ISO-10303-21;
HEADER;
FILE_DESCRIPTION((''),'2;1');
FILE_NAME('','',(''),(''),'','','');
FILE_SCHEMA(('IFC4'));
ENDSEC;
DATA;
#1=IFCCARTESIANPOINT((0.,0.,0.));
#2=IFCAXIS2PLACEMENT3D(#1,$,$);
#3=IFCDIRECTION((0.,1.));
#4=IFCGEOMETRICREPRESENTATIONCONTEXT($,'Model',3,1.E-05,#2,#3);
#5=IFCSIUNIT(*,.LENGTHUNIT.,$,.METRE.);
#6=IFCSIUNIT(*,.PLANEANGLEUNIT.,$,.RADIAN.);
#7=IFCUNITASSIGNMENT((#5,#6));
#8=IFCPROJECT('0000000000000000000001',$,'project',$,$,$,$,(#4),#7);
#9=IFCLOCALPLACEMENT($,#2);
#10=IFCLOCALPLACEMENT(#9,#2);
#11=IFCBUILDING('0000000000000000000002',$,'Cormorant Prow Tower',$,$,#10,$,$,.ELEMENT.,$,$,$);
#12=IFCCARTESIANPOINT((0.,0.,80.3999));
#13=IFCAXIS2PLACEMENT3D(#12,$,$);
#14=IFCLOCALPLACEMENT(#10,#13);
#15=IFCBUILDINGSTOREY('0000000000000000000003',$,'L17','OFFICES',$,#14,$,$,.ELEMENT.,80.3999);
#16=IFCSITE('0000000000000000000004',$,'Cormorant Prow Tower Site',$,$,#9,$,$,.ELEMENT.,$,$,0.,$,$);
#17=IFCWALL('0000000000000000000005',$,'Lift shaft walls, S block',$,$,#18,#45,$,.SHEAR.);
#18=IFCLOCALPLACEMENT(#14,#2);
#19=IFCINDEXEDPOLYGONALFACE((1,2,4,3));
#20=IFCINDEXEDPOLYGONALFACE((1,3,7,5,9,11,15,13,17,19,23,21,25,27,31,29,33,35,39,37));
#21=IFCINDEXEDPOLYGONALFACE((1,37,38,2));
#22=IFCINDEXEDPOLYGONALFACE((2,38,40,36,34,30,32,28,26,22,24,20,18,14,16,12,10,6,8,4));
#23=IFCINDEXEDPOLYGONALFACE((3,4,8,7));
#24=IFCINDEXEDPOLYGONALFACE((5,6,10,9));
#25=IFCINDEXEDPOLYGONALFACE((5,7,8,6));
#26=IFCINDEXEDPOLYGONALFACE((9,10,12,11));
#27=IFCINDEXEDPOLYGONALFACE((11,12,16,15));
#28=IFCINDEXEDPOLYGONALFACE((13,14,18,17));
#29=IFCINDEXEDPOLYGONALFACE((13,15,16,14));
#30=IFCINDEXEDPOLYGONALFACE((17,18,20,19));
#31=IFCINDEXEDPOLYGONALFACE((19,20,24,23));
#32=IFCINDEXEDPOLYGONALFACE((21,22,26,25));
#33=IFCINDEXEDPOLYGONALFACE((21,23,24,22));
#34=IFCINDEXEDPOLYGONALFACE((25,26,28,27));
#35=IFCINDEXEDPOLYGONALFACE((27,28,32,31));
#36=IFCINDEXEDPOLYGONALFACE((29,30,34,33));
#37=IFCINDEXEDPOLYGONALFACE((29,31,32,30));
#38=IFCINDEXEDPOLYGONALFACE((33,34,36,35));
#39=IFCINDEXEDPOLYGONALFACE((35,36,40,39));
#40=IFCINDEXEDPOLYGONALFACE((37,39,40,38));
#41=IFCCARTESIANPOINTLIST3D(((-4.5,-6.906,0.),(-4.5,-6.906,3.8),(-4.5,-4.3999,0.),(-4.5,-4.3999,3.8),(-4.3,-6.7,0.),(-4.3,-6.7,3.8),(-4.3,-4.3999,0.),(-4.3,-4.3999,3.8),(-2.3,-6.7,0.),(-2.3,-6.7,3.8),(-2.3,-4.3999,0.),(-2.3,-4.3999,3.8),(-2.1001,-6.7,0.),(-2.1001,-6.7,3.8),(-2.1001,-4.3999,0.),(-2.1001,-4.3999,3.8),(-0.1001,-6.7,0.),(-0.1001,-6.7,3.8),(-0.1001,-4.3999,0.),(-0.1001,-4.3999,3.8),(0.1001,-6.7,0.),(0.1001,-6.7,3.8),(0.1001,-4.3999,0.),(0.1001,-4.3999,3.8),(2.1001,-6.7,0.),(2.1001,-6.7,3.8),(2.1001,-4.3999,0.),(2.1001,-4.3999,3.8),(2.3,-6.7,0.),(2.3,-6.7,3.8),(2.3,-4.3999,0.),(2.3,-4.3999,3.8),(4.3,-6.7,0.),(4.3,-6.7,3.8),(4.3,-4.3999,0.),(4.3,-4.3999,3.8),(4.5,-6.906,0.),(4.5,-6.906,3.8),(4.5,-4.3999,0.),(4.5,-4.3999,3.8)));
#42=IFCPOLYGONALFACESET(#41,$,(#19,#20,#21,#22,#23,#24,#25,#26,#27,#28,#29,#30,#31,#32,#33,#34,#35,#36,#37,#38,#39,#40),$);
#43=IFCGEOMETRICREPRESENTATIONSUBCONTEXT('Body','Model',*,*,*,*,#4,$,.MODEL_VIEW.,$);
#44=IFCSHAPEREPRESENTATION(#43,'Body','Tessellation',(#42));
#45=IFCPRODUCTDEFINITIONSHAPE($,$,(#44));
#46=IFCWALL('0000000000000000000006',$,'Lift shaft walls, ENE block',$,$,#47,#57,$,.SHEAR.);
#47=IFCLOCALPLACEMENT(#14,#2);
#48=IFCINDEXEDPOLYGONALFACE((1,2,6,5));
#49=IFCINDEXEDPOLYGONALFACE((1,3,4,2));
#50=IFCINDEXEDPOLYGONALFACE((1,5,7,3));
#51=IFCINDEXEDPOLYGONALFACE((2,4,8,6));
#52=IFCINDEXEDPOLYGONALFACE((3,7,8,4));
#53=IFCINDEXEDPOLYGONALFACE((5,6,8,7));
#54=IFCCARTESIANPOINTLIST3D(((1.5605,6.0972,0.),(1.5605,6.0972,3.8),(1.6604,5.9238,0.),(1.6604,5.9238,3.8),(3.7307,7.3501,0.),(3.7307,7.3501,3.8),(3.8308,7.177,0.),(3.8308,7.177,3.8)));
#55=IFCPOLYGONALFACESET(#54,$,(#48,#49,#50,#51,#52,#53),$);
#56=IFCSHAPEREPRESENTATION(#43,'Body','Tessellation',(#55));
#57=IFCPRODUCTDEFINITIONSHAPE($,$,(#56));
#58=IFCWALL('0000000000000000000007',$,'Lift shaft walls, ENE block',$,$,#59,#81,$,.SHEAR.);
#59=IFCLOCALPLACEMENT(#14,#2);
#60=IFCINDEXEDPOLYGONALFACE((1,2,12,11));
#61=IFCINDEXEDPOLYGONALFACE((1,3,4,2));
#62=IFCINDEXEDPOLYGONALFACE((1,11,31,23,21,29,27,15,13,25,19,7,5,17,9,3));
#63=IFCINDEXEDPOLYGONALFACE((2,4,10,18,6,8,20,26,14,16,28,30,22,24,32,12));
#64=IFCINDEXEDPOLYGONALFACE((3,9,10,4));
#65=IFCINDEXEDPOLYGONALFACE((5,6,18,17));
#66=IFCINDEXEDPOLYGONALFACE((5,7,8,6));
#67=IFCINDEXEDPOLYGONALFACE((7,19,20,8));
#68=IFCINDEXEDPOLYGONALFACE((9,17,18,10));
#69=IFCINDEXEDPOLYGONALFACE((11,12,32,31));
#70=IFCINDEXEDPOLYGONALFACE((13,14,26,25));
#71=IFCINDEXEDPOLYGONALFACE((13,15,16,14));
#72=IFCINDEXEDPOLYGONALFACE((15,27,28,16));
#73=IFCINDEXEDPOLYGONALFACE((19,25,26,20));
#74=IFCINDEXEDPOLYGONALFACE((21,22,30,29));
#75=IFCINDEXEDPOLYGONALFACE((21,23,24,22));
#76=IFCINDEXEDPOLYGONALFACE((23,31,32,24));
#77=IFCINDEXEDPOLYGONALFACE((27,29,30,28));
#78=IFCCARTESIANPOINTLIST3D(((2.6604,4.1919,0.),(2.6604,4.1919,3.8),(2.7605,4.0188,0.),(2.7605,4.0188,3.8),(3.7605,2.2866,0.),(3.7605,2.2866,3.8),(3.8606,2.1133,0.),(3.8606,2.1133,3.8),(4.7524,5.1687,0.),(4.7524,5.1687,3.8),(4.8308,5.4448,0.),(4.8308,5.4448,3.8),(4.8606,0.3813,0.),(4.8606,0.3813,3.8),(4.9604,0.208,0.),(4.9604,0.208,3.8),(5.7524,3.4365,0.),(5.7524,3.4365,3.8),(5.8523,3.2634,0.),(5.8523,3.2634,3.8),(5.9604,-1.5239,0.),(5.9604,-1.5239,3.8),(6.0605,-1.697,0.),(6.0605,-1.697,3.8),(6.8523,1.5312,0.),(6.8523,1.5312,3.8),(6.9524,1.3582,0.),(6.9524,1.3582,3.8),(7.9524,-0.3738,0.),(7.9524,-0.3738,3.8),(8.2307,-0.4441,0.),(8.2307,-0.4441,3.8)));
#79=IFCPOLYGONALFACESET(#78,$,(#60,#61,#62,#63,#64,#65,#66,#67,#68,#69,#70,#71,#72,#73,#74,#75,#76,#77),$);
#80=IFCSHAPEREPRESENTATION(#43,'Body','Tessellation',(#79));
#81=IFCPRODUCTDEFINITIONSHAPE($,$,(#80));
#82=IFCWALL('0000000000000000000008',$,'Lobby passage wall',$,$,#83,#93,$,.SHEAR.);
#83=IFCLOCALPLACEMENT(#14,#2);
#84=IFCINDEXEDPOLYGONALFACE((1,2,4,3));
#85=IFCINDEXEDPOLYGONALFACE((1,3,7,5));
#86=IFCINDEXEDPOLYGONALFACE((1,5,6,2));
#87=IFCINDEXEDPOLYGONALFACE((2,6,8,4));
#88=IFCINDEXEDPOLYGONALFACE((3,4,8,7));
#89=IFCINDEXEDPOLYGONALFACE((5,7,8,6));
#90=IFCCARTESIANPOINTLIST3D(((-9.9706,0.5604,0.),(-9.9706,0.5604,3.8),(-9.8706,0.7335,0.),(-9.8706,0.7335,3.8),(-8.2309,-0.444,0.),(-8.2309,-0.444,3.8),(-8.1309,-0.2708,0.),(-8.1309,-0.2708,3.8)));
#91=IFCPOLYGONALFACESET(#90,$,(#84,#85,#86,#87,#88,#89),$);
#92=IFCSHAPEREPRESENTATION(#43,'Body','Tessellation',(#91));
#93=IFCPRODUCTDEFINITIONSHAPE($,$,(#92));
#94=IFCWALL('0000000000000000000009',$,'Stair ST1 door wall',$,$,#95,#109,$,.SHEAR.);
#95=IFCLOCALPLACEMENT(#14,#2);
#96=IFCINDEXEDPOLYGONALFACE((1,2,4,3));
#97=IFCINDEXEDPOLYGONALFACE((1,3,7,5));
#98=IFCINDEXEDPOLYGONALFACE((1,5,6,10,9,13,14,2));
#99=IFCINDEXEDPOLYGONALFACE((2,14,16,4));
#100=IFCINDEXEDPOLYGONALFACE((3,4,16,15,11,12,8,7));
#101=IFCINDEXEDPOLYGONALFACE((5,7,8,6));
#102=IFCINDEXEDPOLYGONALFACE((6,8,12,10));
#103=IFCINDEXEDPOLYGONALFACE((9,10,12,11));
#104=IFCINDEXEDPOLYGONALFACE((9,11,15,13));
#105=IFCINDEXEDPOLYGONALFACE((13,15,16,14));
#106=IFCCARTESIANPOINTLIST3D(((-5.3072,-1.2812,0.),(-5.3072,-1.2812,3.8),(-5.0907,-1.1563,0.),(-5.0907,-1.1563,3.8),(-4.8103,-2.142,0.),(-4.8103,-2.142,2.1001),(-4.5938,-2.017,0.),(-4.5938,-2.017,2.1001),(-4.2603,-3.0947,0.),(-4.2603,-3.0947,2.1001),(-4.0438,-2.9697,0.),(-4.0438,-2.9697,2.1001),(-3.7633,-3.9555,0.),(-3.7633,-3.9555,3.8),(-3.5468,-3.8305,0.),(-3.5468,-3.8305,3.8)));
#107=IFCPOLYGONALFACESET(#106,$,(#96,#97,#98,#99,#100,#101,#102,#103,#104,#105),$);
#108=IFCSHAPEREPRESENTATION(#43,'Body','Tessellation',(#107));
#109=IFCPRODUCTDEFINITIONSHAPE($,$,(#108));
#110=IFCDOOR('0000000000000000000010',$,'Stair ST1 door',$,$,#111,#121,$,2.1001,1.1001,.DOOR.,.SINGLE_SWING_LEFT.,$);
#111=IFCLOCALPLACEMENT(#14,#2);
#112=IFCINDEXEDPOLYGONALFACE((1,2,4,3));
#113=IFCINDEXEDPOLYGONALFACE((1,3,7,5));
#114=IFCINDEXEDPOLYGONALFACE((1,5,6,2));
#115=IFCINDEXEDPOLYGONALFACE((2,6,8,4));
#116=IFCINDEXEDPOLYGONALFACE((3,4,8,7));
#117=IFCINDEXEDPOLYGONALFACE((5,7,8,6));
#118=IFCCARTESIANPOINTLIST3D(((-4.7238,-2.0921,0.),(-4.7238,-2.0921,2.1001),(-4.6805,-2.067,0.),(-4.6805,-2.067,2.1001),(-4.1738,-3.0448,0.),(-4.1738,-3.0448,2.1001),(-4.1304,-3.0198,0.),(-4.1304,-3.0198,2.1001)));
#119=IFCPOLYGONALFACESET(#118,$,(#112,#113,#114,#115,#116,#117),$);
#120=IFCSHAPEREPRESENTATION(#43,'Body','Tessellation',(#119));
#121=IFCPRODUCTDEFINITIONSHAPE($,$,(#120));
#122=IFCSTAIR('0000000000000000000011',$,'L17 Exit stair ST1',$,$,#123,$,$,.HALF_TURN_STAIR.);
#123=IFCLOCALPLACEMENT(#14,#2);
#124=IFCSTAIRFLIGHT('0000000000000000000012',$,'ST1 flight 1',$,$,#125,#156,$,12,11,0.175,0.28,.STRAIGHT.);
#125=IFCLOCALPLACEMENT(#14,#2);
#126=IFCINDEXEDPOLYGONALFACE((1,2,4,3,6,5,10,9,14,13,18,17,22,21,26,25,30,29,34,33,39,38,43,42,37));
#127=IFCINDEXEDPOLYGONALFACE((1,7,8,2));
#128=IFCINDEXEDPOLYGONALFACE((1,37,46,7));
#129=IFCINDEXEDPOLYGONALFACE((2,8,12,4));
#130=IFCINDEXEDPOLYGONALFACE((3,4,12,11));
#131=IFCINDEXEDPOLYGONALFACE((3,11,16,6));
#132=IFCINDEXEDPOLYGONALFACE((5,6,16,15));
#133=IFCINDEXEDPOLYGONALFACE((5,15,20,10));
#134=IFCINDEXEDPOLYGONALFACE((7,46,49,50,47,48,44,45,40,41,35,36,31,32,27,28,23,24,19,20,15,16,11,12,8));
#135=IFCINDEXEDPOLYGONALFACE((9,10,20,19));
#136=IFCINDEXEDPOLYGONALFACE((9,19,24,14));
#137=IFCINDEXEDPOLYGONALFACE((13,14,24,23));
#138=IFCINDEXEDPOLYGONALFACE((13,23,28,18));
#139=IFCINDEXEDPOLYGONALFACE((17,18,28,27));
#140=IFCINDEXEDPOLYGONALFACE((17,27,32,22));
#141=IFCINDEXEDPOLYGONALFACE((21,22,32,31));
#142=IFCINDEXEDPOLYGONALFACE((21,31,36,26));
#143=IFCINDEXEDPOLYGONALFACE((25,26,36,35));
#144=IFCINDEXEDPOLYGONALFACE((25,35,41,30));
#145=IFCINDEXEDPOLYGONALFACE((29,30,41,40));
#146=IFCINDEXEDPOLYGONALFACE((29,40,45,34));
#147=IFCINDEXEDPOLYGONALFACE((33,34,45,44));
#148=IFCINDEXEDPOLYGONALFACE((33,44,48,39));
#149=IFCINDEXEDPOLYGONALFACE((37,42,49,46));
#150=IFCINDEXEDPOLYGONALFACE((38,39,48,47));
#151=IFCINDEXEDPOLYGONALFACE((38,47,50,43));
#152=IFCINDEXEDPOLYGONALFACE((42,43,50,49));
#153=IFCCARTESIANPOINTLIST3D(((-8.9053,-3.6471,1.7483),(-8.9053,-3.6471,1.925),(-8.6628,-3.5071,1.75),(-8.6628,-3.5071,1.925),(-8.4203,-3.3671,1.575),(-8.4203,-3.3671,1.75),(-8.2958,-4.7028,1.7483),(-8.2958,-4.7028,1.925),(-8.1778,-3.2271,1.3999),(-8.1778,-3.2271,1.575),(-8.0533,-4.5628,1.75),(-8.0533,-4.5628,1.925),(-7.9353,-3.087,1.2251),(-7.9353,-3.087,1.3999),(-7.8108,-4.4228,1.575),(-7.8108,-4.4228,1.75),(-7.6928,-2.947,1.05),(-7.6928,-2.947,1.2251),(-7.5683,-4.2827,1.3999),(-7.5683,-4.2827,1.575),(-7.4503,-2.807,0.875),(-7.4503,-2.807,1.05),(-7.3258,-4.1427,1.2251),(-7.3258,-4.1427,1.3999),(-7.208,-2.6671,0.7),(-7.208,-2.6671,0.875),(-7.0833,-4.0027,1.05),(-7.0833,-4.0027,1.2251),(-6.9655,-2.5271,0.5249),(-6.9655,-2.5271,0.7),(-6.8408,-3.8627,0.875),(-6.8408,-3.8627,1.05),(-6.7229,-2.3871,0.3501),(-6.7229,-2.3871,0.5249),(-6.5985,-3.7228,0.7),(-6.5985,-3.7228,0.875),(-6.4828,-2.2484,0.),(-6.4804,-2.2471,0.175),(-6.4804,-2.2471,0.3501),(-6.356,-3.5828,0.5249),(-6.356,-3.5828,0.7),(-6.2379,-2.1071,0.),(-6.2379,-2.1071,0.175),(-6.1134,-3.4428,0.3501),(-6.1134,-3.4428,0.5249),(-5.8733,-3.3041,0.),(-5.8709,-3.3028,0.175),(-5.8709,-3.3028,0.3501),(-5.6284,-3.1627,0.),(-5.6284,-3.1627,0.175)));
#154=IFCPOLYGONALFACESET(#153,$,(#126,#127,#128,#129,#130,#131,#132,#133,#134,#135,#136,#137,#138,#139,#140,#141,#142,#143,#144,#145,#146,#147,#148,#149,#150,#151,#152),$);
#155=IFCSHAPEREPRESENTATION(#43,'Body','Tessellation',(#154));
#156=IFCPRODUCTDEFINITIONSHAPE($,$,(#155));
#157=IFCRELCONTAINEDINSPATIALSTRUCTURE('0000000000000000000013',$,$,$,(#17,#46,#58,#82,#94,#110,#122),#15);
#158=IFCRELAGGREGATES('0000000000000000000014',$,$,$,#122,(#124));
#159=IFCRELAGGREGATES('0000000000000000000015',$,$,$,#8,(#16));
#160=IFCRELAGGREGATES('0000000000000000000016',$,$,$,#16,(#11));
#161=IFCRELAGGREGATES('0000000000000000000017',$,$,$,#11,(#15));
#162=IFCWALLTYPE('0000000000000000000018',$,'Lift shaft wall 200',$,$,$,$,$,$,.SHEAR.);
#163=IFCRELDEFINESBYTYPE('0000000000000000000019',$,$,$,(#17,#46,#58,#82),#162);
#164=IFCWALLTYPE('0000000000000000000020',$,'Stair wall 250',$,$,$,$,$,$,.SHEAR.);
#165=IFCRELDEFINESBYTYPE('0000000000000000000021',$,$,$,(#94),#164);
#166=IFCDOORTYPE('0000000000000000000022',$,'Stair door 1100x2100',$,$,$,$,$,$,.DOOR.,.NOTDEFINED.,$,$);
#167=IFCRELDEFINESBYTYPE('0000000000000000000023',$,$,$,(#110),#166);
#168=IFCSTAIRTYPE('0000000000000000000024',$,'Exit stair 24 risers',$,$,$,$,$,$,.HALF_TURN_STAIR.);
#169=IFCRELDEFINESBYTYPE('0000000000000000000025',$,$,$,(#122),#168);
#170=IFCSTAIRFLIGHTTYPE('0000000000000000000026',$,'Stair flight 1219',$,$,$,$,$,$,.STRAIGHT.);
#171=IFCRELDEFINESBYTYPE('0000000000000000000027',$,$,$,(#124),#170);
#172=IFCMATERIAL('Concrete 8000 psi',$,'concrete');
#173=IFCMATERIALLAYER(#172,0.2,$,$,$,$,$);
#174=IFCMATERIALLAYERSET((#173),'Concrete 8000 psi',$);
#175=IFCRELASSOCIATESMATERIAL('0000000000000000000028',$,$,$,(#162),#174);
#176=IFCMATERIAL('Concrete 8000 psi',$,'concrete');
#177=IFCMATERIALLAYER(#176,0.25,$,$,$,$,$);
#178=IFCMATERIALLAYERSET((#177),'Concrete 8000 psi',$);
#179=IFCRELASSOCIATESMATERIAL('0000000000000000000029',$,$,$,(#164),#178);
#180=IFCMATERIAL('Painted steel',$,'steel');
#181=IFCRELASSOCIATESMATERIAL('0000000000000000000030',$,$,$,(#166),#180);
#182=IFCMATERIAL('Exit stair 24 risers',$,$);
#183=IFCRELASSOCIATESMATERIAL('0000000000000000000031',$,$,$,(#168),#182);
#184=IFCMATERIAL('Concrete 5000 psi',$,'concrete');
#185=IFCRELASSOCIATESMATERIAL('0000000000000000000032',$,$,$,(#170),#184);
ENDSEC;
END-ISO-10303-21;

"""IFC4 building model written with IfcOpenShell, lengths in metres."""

from ifc_helpers import new_model, si_unit, direction, frame, frame_2d, origin, place, context, subcontext, project, spatial, polyline, rectangle, outline, extrude, material, layer, layer_set, type_object, element, fill, aggregate, save


model = new_model("IFC4")

# Units and contexts
model_context = context("Model", 3, precision=1e-05, world=origin(), true_north=direction((0.0, 1.0)))
body_context = subcontext(model_context, "Body", "Model", "MODEL_VIEW")
ifc_project = project(units=[si_unit("LENGTHUNIT", "METRE"), si_unit("PLANEANGLEUNIT", "RADIAN")], contexts=[model_context])

# Site, building, storey
site_placement = place(None, origin())
site = spatial("IfcSite", under=ifc_project, at=site_placement, Name="Cormorant Prow Tower Site", CompositionType="ELEMENT", RefElevation=0.0)
building_placement = place(site_placement, origin())
building = spatial("IfcBuilding", under=site, at=building_placement, Name="Cormorant Prow Tower", CompositionType="ELEMENT")
storey_placement = place(building_placement, frame((0.0, 0.0, 80.3999)))
storey = spatial("IfcBuildingStorey", under=building, at=storey_placement, Name="L17", Description="OFFICES", CompositionType="ELEMENT", Elevation=80.3999)

# Walls
ifc_material_1 = material(Name="Concrete 8000 psi", Category="concrete")
ifc_layer_1 = layer(ifc_material_1, 0.2)
ifc_layer_set_1 = layer_set([ifc_layer_1], Name="Concrete 8000 psi")
wall_type_1 = type_object("IfcWallType", Name="Lift shaft wall 200", PredefinedType="SHEAR", material=ifc_layer_set_1)
wall_1_placement = place(storey_placement, origin())
element("IfcWall", 1, at=wall_1_placement, inside=storey, type_object=wall_type_1, Name="Lift shaft walls, S block", PredefinedType="SHEAR", context=body_context, shape_type="SweptSolid", body=[
    extrude(outline(polyline([(4.5, -4.3999), (4.5, -6.906), (-4.5, -6.906), (-4.5, -4.3999), (-4.3, -4.3999), (-4.3, -6.7), (-2.3, -6.7), (-2.3, -4.3999), (-2.1001, -4.3999), (-2.1001, -6.7), (-0.1001, -6.7), (-0.1001, -4.3999), (0.1001, -4.3999), (0.1001, -6.7), (2.1001, -6.7), (2.1001, -4.3999), (2.3, -4.3999), (2.3, -6.7), (4.3, -6.7), (4.3, -4.3999), (4.5, -4.3999)])), origin(), (0.0, 0.0, 1.0), 3.8),
])
wall_2_placement = place(storey_placement, origin())
element("IfcWall", 2, at=wall_2_placement, inside=storey, type_object=wall_type_1, Name="Lift shaft walls, ENE block", PredefinedType="SHEAR", context=body_context, shape_type="SweptSolid", body=[
    extrude(outline(polyline([(1.5605, 6.0972), (3.7307, 7.3501), (3.8308, 7.177), (1.6604, 5.9238), (1.5605, 6.0972)])), origin(), (0.0, 0.0, 1.0), 3.8),
])
wall_3_placement = place(storey_placement, origin())
element("IfcWall", 3, at=wall_3_placement, inside=storey, type_object=wall_type_1, Name="Lift shaft walls, ENE block", PredefinedType="SHEAR", context=body_context, shape_type="SweptSolid", body=[
    extrude(outline(polyline([(2.6604, 4.1919), (4.8308, 5.4448), (8.2307, -0.4441), (6.0605, -1.697), (5.9604, -1.5239), (7.9524, -0.3738), (6.9524, 1.3582), (4.9604, 0.208), (4.8606, 0.3813), (6.8523, 1.5312), (5.8523, 3.2634), (3.8606, 2.1133), (3.7605, 2.2866), (5.7524, 3.4365), (4.7524, 5.1687), (2.7605, 4.0188), (2.6604, 4.1919)])), origin(), (0.0, 0.0, 1.0), 3.8),
])
wall_4_placement = place(storey_placement, frame((-8.1809, -0.3574, 0.0), z_axis=(0.0, 0.0, 1.0), x_axis=(-0.866036, 0.499982, 0.0)))
element("IfcWall", 4, at=wall_4_placement, inside=storey, type_object=wall_type_1, Name="Lobby passage wall", PredefinedType="SHEAR", context=body_context, shape_type="SweptSolid", body=[
    extrude(rectangle(XDim=2.0088, YDim=0.2, at=frame_2d((1.0044, 0.0))), origin(), (0.0, 0.0, 1.0), 3.8),
])

# Wall, opening, door
ifc_material_2 = material(Name="Concrete 8000 psi", Category="concrete")
ifc_layer_2 = layer(ifc_material_2, 0.25)
ifc_layer_set_2 = layer_set([ifc_layer_2], Name="Concrete 8000 psi")
wall_type_2 = type_object("IfcWallType", Name="Stair wall 250", PredefinedType="SHEAR", material=ifc_layer_set_2)
wall_5_placement = place(storey_placement, frame((-5.199, -1.2188, 0.0), z_axis=(0.0, 0.0, 1.0), x_axis=(0.499983, -0.866035, 0.0)))
wall_5 = element("IfcWall", 5, at=wall_5_placement, inside=storey, type_object=wall_type_2, Name="Stair ST1 door wall", PredefinedType="SHEAR", context=body_context, shape_type="SweptSolid", body=[
    extrude(rectangle(XDim=3.0879, YDim=0.25, at=frame_2d((1.5439, 0.0))), origin(), (0.0, 0.0, 1.0), 3.8),
])
opening_1_placement = place(wall_5_placement, frame((0.9939, 0.0, 0.0)))
opening_1 = element("IfcOpeningElement", 6, at=opening_1_placement, cuts=wall_5, PredefinedType="OPENING", context=body_context, shape_type="SweptSolid", body=[
    extrude(rectangle(XDim=1.1001, YDim=2.1001, at=frame_2d((0.55, 1.05))), frame((0.0, 0.135, 0.0), z_axis=(0.0, -1.0, 0.0), x_axis=(1.0, 0.0, 0.0)), (0.0, 0.0, 1.0), 0.27),
])
ifc_material_3 = material(Name="Painted steel", Category="steel")
door_type_1 = type_object("IfcDoorType", Name="Stair door 1100x2100", OperationType="NOTDEFINED", PredefinedType="DOOR", material=ifc_material_3)
door_1_placement = place(opening_1_placement, origin())
door_1 = element("IfcDoor", 7, at=door_1_placement, inside=storey, type_object=door_type_1, Name="Stair ST1 door", OperationType="SINGLE_SWING_LEFT", OverallHeight=2.1001, OverallWidth=1.1001, PredefinedType="DOOR", context=body_context, shape_type="SweptSolid", body=[
    extrude(rectangle(XDim=1.1001, YDim=2.1001, at=frame_2d((0.55, 1.05))), frame((0.0, 0.0249, 0.0), z_axis=(0.0, -1.0, 0.0), x_axis=(1.0, 0.0, 0.0)), (0.0, 0.0, 1.0), 0.05),
])
fill(opening_1, door_1)

# Stair, stair flight
ifc_material_4 = material(Name="Exit stair 24 risers")
stair_type = type_object("IfcStairType", Name="Exit stair 24 risers", PredefinedType="HALF_TURN_STAIR", material=ifc_material_4)
stair_placement = place(storey_placement, origin())
stair = element("IfcStair", 8, at=stair_placement, inside=storey, type_object=stair_type, Name="L17 Exit stair ST1", PredefinedType="HALF_TURN_STAIR")
ifc_material_5 = material(Name="Concrete 5000 psi", Category="concrete")
stair_flight_type = type_object("IfcStairFlightType", Name="Stair flight 1219", PredefinedType="STRAIGHT", material=ifc_material_5)
stair_flight_1_placement = place(storey_placement, frame((-5.9331, -2.635, 0.0), z_axis=(0.0, 0.0, 1.0), x_axis=(-0.866025, -0.5, 0.0)))
stair_flight_1 = element("IfcStairFlight", 9, at=stair_flight_1_placement, type_object=stair_flight_type, Name="ST1 flight 1", NumberOfRisers=12, NumberOfTreads=11, PredefinedType="STRAIGHT", RiserHeight=0.175, TreadLength=0.28, context=body_context, shape_type="SweptSolid", body=[
    extrude(outline(polyline([(0.0, 0.0), (0.0, 0.175), (0.28, 0.175), (0.28, 0.3501), (0.5601, 0.3501), (0.5601, 0.5249), (0.8401, 0.5249), (0.8401, 0.7), (1.1201, 0.7), (1.1201, 0.875), (1.3999, 0.875), (1.3999, 1.05), (1.6799, 1.05), (1.6799, 1.2251), (1.96, 1.2251), (1.96, 1.3999), (2.24, 1.3999), (2.24, 1.575), (2.52, 1.575), (2.52, 1.75), (2.8, 1.75), (2.8, 1.925), (3.0801, 1.925), (3.0801, 2.1001), (3.0801, 1.7483), (0.2827, 0.0), (0.0, 0.0)])), frame((0.0, 0.6094, 0.0), z_axis=(0.0, -1.0, 0.0), x_axis=(1.0, 0.0, 0.0)), (0.0, 0.0, 1.0), 1.219),
])
aggregate(stair, [stair_flight_1])

save(model, "model.ifc")
